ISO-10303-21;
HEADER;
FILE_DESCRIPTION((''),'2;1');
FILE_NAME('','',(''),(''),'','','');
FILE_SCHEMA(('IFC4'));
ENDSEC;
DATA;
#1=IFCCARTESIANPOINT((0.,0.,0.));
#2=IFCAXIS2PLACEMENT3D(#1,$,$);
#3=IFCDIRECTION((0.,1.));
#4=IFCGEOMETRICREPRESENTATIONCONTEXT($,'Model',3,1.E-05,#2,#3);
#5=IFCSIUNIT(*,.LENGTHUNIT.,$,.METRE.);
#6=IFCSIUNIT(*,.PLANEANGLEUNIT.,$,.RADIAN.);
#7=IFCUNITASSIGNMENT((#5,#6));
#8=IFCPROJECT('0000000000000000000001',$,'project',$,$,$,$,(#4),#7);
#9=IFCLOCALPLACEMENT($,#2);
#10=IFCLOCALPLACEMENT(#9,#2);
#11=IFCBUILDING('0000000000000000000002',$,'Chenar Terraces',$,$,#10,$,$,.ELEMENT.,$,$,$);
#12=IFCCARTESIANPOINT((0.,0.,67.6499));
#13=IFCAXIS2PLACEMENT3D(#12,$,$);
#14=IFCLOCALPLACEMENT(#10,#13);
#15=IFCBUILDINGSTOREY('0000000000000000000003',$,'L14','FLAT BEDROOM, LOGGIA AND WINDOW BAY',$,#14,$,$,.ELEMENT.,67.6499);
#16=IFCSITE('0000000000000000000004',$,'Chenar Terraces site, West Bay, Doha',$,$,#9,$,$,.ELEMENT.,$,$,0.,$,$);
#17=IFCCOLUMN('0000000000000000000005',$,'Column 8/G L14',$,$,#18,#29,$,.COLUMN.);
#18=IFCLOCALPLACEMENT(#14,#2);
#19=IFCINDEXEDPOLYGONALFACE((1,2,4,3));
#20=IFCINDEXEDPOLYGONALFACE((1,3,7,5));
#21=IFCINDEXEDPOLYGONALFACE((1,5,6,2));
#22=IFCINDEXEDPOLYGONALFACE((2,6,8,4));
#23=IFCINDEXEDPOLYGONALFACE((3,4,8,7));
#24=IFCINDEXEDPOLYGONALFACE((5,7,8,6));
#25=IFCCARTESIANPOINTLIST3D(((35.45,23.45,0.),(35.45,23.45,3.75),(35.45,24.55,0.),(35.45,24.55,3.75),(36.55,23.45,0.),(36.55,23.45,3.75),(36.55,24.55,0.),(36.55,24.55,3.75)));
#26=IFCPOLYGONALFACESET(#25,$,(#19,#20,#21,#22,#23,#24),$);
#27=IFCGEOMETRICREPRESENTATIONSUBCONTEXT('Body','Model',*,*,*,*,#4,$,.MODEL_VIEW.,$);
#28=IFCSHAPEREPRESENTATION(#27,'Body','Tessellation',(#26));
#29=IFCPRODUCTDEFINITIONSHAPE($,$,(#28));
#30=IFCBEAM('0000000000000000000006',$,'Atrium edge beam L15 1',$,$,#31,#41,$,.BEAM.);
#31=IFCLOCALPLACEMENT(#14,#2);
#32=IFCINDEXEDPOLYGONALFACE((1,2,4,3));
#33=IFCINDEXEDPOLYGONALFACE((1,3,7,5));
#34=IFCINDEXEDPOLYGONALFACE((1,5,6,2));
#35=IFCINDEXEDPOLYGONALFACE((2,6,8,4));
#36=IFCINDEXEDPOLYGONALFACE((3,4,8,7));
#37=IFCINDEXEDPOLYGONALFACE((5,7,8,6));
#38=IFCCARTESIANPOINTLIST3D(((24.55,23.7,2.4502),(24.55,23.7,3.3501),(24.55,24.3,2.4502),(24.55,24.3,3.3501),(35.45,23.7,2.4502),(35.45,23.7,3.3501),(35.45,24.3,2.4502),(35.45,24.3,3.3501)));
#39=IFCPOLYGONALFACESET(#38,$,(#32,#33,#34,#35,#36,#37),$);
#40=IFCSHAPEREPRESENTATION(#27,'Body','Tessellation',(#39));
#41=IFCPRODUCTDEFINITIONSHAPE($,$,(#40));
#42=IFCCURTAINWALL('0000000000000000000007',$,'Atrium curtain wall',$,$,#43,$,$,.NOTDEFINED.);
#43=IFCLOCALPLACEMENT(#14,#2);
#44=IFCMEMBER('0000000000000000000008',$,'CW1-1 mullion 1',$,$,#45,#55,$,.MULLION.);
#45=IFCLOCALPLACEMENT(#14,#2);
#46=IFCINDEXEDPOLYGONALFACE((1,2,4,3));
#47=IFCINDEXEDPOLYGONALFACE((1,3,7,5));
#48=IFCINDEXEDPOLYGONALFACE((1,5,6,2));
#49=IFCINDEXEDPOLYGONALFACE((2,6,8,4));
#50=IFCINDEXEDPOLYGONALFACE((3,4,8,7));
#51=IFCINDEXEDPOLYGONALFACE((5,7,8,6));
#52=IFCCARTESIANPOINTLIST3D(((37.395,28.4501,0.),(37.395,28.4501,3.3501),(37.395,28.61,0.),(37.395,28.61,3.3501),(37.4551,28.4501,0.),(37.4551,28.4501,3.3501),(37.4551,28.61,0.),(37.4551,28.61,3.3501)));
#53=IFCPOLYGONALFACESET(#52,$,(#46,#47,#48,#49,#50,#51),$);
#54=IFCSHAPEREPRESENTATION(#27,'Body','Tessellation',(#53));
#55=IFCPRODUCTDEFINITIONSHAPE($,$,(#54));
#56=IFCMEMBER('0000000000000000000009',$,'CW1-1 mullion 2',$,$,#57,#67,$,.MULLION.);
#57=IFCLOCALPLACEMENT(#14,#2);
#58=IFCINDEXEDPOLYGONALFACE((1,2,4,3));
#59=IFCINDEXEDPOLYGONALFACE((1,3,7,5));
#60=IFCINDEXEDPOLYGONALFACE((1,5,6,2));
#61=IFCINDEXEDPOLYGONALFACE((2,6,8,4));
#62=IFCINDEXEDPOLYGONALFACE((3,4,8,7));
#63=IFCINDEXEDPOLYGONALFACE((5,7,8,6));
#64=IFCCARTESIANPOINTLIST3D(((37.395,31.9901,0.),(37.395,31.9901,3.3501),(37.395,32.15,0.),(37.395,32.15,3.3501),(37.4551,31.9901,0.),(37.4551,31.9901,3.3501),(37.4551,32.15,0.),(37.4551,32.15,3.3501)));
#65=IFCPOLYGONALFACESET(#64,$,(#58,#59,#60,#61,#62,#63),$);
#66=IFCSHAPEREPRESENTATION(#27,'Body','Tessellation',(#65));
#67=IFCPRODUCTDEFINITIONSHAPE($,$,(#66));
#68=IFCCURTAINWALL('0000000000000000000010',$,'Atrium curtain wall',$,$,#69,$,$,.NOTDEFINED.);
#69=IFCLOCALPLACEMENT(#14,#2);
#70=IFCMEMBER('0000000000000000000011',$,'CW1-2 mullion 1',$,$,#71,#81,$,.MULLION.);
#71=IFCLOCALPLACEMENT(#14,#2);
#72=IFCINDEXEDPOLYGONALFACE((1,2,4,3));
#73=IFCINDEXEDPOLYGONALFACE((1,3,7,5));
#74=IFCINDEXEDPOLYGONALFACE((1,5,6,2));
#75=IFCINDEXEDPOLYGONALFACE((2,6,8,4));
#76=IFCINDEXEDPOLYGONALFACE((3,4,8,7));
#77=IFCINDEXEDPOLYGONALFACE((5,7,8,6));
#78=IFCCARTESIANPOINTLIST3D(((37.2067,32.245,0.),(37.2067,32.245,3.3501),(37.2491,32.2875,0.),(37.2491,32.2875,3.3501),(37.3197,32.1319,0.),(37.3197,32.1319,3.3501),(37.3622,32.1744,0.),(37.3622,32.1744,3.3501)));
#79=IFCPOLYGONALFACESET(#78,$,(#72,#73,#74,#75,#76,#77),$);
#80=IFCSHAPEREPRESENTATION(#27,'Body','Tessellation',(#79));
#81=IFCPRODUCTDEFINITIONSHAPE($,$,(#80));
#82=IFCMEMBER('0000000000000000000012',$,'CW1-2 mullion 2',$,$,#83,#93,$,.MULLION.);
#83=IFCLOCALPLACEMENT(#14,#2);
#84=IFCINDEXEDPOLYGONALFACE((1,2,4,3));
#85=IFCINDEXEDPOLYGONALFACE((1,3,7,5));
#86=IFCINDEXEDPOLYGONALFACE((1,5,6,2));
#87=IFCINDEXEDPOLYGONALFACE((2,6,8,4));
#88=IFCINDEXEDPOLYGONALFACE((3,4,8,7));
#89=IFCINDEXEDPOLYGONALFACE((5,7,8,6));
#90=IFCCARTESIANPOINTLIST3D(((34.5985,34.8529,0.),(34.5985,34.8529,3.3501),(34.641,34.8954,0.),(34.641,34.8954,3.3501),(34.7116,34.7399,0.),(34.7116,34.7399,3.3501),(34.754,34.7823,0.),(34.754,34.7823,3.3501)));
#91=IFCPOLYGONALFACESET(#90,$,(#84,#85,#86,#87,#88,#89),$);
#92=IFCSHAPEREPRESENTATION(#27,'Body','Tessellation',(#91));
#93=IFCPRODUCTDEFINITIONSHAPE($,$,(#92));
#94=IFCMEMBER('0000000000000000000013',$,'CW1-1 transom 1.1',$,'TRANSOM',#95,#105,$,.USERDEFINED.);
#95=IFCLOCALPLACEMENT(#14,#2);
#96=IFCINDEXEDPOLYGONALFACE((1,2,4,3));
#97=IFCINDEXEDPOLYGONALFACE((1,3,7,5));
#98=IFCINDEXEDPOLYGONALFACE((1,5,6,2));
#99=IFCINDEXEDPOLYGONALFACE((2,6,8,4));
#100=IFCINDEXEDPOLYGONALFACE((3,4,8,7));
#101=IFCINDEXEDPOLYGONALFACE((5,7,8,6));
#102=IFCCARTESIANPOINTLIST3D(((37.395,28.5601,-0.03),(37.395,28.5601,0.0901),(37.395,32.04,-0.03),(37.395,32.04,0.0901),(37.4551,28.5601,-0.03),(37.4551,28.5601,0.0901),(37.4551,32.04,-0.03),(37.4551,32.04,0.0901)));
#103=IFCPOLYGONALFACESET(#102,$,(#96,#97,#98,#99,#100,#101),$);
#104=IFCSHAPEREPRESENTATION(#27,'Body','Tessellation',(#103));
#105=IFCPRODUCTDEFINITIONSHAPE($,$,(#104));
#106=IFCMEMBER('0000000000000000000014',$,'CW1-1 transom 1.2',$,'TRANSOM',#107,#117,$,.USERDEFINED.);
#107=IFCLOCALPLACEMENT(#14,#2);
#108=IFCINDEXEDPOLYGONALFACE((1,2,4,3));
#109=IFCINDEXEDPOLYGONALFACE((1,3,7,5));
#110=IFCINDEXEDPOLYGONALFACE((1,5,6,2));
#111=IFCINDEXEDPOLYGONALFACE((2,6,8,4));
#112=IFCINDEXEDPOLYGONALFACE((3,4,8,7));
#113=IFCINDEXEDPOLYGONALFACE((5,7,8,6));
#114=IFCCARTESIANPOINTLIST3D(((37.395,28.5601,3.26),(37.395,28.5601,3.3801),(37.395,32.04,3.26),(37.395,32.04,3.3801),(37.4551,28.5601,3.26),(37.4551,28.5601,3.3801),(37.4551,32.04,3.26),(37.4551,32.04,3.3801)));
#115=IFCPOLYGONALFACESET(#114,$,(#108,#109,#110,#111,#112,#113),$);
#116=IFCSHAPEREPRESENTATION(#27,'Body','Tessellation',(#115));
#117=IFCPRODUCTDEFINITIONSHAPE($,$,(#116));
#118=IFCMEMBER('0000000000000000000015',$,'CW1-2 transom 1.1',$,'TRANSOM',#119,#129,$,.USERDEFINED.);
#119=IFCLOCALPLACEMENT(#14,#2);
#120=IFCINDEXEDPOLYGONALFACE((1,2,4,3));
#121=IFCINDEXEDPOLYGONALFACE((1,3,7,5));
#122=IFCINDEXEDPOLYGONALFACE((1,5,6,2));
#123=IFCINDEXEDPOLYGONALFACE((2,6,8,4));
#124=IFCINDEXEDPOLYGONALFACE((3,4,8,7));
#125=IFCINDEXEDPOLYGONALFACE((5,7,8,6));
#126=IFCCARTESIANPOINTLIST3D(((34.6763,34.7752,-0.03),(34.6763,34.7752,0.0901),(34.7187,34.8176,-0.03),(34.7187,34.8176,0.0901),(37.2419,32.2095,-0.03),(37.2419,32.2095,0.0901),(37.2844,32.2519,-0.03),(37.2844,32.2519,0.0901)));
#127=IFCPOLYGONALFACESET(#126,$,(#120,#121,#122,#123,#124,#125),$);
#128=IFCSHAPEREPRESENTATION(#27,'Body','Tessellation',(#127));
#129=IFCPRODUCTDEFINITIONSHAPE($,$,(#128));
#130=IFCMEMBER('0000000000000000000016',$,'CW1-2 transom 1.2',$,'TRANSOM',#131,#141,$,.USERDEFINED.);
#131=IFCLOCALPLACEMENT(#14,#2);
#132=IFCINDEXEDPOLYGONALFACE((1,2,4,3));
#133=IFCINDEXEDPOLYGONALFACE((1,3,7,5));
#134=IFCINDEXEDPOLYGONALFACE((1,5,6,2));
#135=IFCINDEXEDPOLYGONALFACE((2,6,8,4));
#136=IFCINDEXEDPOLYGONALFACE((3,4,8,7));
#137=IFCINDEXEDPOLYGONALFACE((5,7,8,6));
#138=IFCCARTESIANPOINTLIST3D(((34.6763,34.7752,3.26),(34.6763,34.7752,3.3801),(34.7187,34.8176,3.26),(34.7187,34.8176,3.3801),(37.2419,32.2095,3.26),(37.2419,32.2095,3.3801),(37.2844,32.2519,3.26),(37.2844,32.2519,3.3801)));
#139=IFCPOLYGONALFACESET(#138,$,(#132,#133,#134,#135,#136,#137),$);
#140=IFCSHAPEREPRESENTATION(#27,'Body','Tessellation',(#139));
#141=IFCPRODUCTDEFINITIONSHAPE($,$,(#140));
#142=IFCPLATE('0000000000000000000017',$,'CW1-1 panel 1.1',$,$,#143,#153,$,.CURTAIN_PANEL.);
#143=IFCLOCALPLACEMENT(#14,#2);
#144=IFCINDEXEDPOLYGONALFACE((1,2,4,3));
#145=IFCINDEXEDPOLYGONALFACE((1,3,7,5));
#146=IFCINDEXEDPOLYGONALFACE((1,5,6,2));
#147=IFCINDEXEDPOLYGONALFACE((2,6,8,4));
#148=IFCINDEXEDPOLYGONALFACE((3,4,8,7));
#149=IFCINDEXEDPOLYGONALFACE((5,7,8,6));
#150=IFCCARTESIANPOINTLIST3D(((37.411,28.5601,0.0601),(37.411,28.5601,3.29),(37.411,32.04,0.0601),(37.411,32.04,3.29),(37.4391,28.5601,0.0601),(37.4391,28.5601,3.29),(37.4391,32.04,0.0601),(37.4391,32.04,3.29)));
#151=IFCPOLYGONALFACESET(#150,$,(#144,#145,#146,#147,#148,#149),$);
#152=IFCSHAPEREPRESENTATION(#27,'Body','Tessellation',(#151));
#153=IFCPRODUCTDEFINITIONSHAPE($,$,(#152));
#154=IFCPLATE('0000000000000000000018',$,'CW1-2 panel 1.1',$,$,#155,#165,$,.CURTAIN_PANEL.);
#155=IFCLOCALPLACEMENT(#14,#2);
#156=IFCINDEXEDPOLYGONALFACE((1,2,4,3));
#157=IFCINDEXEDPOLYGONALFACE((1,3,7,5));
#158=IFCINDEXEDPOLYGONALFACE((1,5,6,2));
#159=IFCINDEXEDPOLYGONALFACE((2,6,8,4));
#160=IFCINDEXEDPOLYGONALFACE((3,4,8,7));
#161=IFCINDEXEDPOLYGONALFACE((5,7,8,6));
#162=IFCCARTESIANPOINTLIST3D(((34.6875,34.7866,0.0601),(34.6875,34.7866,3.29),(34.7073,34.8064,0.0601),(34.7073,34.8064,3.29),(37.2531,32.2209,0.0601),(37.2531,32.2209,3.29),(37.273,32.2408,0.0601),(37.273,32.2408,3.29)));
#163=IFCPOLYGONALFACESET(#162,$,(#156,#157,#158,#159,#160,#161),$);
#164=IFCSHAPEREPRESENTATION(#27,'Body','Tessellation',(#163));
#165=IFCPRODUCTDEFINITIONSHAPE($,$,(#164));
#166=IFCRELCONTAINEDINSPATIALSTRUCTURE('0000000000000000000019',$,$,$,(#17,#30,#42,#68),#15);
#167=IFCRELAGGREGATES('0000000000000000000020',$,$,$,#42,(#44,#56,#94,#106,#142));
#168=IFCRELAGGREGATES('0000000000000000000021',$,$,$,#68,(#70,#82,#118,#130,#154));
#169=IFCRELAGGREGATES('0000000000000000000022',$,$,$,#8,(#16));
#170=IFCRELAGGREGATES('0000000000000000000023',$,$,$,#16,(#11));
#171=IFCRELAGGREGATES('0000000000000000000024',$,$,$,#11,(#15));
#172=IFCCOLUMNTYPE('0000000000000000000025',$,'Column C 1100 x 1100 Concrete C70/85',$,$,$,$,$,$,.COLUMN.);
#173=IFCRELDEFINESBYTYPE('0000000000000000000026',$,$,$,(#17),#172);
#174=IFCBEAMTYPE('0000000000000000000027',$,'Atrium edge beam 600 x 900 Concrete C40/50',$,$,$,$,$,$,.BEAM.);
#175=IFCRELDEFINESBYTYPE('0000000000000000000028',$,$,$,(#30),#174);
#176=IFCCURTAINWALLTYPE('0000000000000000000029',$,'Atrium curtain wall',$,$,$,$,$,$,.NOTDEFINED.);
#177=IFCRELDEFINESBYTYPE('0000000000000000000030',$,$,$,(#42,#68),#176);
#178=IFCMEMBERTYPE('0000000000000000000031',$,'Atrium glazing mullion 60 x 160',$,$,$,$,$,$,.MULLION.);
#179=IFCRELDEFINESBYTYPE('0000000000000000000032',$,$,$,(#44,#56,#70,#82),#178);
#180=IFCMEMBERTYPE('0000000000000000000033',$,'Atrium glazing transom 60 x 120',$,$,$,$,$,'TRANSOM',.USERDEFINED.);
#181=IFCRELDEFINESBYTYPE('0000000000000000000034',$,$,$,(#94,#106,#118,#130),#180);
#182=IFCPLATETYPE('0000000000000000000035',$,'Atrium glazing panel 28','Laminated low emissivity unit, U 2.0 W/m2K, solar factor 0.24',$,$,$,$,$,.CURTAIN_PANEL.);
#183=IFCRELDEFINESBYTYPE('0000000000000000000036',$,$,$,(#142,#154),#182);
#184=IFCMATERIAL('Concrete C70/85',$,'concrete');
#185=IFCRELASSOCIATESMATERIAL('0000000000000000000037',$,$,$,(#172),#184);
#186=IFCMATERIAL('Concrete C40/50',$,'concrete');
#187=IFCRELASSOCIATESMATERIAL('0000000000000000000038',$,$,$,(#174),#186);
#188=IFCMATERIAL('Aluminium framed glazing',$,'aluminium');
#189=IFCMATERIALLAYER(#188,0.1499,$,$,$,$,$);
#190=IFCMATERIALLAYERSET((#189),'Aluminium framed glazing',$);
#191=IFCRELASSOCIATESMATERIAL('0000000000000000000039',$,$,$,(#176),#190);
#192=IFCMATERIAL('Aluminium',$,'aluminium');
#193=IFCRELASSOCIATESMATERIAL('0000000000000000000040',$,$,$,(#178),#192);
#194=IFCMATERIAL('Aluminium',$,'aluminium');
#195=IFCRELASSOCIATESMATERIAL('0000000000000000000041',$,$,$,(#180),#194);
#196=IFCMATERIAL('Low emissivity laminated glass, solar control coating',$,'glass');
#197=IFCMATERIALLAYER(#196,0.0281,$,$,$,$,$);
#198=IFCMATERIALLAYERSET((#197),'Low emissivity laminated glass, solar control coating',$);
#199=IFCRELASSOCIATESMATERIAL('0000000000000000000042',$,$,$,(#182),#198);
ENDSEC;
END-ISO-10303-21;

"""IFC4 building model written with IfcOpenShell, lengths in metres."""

from ifc_helpers import new_model, si_unit, direction, frame, origin, origin_2d, place, context, subcontext, project, spatial, rectangle, extrude, material, layer, layer_set, material_profile, profile_set, type_object, element, aggregate, save


model = new_model("IFC4")

# Units and contexts
model_context = context("Model", 3, precision=1e-05, world=origin(), true_north=direction((0.0, 1.0)))
body_context = subcontext(model_context, "Body", "Model", "MODEL_VIEW")
ifc_project = project(units=[si_unit("LENGTHUNIT", "METRE"), si_unit("PLANEANGLEUNIT", "RADIAN")], contexts=[model_context])

# Site, building, storey
site_placement = place(None, origin())
site = spatial("IfcSite", under=ifc_project, at=site_placement, Name="Chenar Terraces site, West Bay, Doha", CompositionType="ELEMENT", RefElevation=0.0)
building_placement = place(site_placement, origin())
building = spatial("IfcBuilding", under=site, at=building_placement, Name="Chenar Terraces", CompositionType="ELEMENT")
storey_placement = place(building_placement, frame((0.0, 0.0, 67.6499)))
storey = spatial("IfcBuildingStorey", under=building, at=storey_placement, Name="L14", Description="FLAT BEDROOM, LOGGIA AND WINDOW BAY", CompositionType="ELEMENT", Elevation=67.6499)

# Column
ifc_material_1 = material(Name="Concrete C70/85", Category="concrete")
ifc_material_profile_1 = material_profile(ifc_material_1, rectangle(XDim=1.1001, YDim=1.1001, at=origin_2d()), Name="C 1100 x 1100")
ifc_profile_set_1 = profile_set([ifc_material_profile_1], Name="Concrete C70/85")
column_type = type_object("IfcColumnType", Name="Column C 1100 x 1100 Concrete C70/85", PredefinedType="COLUMN", material=ifc_profile_set_1)
column_placement = place(storey_placement, frame((36.0, 24.0, 0.0), z_axis=(0.0, 0.0, 1.0), x_axis=(1.0, 0.0, 0.0)))
element("IfcColumn", 1, at=column_placement, inside=storey, type_object=column_type, Name="Column 8/G L14", PredefinedType="COLUMN", context=body_context, shape_type="SweptSolid", body=[
    extrude(rectangle(XDim=1.1001, YDim=1.1001, at=origin_2d()), origin(), (0.0, 0.0, 1.0), 3.75),
])

# Beam
ifc_material_2 = material(Name="Concrete C40/50", Category="concrete")
ifc_material_profile_2 = material_profile(ifc_material_2, rectangle(XDim=0.6001, YDim=0.8999, at=origin_2d()), Name="RC 600 x 900")
ifc_profile_set_2 = profile_set([ifc_material_profile_2], Name="Concrete C40/50")
beam_type = type_object("IfcBeamType", Name="Atrium edge beam 600 x 900 Concrete C40/50", PredefinedType="BEAM", material=ifc_profile_set_2)
beam_placement = place(storey_placement, frame((24.55, 24.0, 2.9001), z_axis=(1.0, 0.0, 0.0), x_axis=(0.0, 1.0, 0.0)))
element("IfcBeam", 2, at=beam_placement, inside=storey, type_object=beam_type, Name="Atrium edge beam L15 1", PredefinedType="BEAM", context=body_context, shape_type="SweptSolid", body=[
    extrude(rectangle(XDim=0.6001, YDim=0.8999, at=origin_2d()), origin(), (0.0, 0.0, 1.0), 10.8999),
])

# Curtain walls, members
ifc_material_3 = material(Name="Aluminium framed glazing", Category="aluminium")
ifc_layer_1 = layer(ifc_material_3, 0.1499)
ifc_layer_set_1 = layer_set([ifc_layer_1], Name="Aluminium framed glazing")
curtain_wall_type = type_object("IfcCurtainWallType", Name="Atrium curtain wall", PredefinedType="NOTDEFINED", material=ifc_layer_set_1)
placement = place(storey_placement, origin())
curtain_wall_1 = element("IfcCurtainWall", 3, at=placement, inside=storey, type_object=curtain_wall_type, Name="Atrium curtain wall", PredefinedType="NOTDEFINED")
ifc_material_4 = material(Name="Aluminium", Category="aluminium")
ifc_material_profile_3 = material_profile(ifc_material_4, rectangle(XDim=0.0601, YDim=0.1599, at=origin_2d()), Name="Atrium glazing mullion 60 x 160")
ifc_profile_set_3 = profile_set([ifc_material_profile_3], Name="Aluminium")
member_type_1 = type_object("IfcMemberType", Name="Atrium glazing mullion 60 x 160", PredefinedType="MULLION", material=ifc_profile_set_3)
member_1_placement = place(storey_placement, frame((37.425, 28.53, 0.0), z_axis=(0.0, 0.0, 1.0), x_axis=(-1.0, 0.0, 0.0)))
member_1 = element("IfcMember", 4, at=member_1_placement, type_object=member_type_1, Name="CW1-1 mullion 1", PredefinedType="MULLION", context=body_context, shape_type="SweptSolid", body=[
    extrude(rectangle(XDim=0.0601, YDim=0.1599, at=origin_2d()), origin(), (0.0, 0.0, 1.0), 3.3501),
])
member_2_placement = place(storey_placement, frame((37.425, 32.0701, 0.0), z_axis=(0.0, 0.0, 1.0), x_axis=(-1.0, 0.0, 0.0)))
member_2 = element("IfcMember", 5, at=member_2_placement, type_object=member_type_1, Name="CW1-1 mullion 2", PredefinedType="MULLION", context=body_context, shape_type="SweptSolid", body=[
    extrude(rectangle(XDim=0.0601, YDim=0.1599, at=origin_2d()), origin(), (0.0, 0.0, 1.0), 3.3501),
])
curtain_wall_2 = element("IfcCurtainWall", 6, at=placement, inside=storey, type_object=curtain_wall_type, Name="Atrium curtain wall", PredefinedType="NOTDEFINED")
member_3_placement = place(storey_placement, frame((37.2844, 32.2097, 0.0), z_axis=(0.0, 0.0, 1.0), x_axis=(-0.707107, -0.707107, 0.0)))
member_3 = element("IfcMember", 7, at=member_3_placement, type_object=member_type_1, Name="CW1-2 mullion 1", PredefinedType="MULLION", context=body_context, shape_type="SweptSolid", body=[
    extrude(rectangle(XDim=0.0601, YDim=0.1599, at=origin_2d()), origin(), (0.0, 0.0, 1.0), 3.3501),
])
member_4_placement = place(storey_placement, frame((34.6763, 34.8176, 0.0), z_axis=(0.0, 0.0, 1.0), x_axis=(-0.707107, -0.707107, 0.0)))
member_4 = element("IfcMember", 8, at=member_4_placement, type_object=member_type_1, Name="CW1-2 mullion 2", PredefinedType="MULLION", context=body_context, shape_type="SweptSolid", body=[
    extrude(rectangle(XDim=0.0601, YDim=0.1599, at=origin_2d()), origin(), (0.0, 0.0, 1.0), 3.3501),
])

# Members
ifc_material_5 = material(Name="Aluminium", Category="aluminium")
ifc_material_profile_4 = material_profile(ifc_material_5, rectangle(XDim=0.0601, YDim=0.1201, at=origin_2d()), Name="Atrium glazing transom 60 x 120")
ifc_profile_set_4 = profile_set([ifc_material_profile_4], Name="Aluminium")
member_type_2 = type_object("IfcMemberType", Name="Atrium glazing transom 60 x 120", ElementType="TRANSOM", PredefinedType="USERDEFINED", material=ifc_profile_set_4)
member_5_placement = place(storey_placement, frame((37.425, 28.5601, 0.03), z_axis=(0.0, 1.0, 0.0), x_axis=(-1.0, 0.0, 0.0)))
member_5 = element("IfcMember", 9, at=member_5_placement, type_object=member_type_2, Name="CW1-1 transom 1.1", ObjectType="TRANSOM", PredefinedType="USERDEFINED", context=body_context, shape_type="SweptSolid", body=[
    extrude(rectangle(XDim=0.0601, YDim=0.1201, at=origin_2d()), origin(), (0.0, 0.0, 1.0), 3.48),
])
member_6_placement = place(storey_placement, frame((37.425, 28.5601, 3.3201), z_axis=(0.0, 1.0, 0.0), x_axis=(-1.0, 0.0, 0.0)))
member_6 = element("IfcMember", 10, at=member_6_placement, type_object=member_type_2, Name="CW1-1 transom 1.2", ObjectType="TRANSOM", PredefinedType="USERDEFINED", context=body_context, shape_type="SweptSolid", body=[
    extrude(rectangle(XDim=0.0601, YDim=0.1201, at=origin_2d()), origin(), (0.0, 0.0, 1.0), 3.48),
])
member_7_placement = place(storey_placement, frame((37.2632, 32.2307, 0.03), z_axis=(-0.707107, 0.707107, 0.0), x_axis=(-0.707107, -0.707107, 0.0)))
member_7 = element("IfcMember", 11, at=member_7_placement, type_object=member_type_2, Name="CW1-2 transom 1.1", ObjectType="TRANSOM", PredefinedType="USERDEFINED", context=body_context, shape_type="SweptSolid", body=[
    extrude(rectangle(XDim=0.0601, YDim=0.1201, at=origin_2d()), origin(), (0.0, 0.0, 1.0), 3.6284),
])
member_8_placement = place(storey_placement, frame((37.2632, 32.2307, 3.3201), z_axis=(-0.707107, 0.707107, 0.0), x_axis=(-0.707107, -0.707107, 0.0)))
member_8 = element("IfcMember", 12, at=member_8_placement, type_object=member_type_2, Name="CW1-2 transom 1.2", ObjectType="TRANSOM", PredefinedType="USERDEFINED", context=body_context, shape_type="SweptSolid", body=[
    extrude(rectangle(XDim=0.0601, YDim=0.1201, at=origin_2d()), origin(), (0.0, 0.0, 1.0), 3.6284),
])

# Plates
ifc_material_6 = material(Name="Low emissivity laminated glass, solar control coating", Category="glass")
ifc_layer_2 = layer(ifc_material_6, 0.0281)
ifc_layer_set_2 = layer_set([ifc_layer_2], Name="Low emissivity laminated glass, solar control coating")
plate_type = type_object("IfcPlateType", Name="Atrium glazing panel 28", Description="Laminated low emissivity unit, U 2.0 W/m2K, solar factor 0.24", PredefinedType="CURTAIN_PANEL", material=ifc_layer_set_2)
plate_1_placement = place(storey_placement, frame((37.425, 30.3, 0.0601), z_axis=(0.0, 0.0, 1.0), x_axis=(0.0, 1.0, 0.0)))
plate_1 = element("IfcPlate", 13, at=plate_1_placement, type_object=plate_type, Name="CW1-1 panel 1.1", PredefinedType="CURTAIN_PANEL", context=body_context, shape_type="SweptSolid", body=[
    extrude(rectangle(XDim=3.48, YDim=0.0281, at=origin_2d()), origin(), (0.0, 0.0, 1.0), 3.23),
])
aggregate(curtain_wall_1, [member_1, member_2, member_5, member_6, plate_1])
plate_2_placement = place(storey_placement, frame((35.9802, 33.5137, 0.0601), z_axis=(0.0, 0.0, 1.0), x_axis=(-0.707107, 0.707107, 0.0)))
plate_2 = element("IfcPlate", 14, at=plate_2_placement, type_object=plate_type, Name="CW1-2 panel 1.1", PredefinedType="CURTAIN_PANEL", context=body_context, shape_type="SweptSolid", body=[
    extrude(rectangle(XDim=3.6284, YDim=0.0281, at=origin_2d()), origin(), (0.0, 0.0, 1.0), 3.23),
])
aggregate(curtain_wall_2, [member_3, member_4, member_7, member_8, plate_2])

save(model, "model.ifc")
